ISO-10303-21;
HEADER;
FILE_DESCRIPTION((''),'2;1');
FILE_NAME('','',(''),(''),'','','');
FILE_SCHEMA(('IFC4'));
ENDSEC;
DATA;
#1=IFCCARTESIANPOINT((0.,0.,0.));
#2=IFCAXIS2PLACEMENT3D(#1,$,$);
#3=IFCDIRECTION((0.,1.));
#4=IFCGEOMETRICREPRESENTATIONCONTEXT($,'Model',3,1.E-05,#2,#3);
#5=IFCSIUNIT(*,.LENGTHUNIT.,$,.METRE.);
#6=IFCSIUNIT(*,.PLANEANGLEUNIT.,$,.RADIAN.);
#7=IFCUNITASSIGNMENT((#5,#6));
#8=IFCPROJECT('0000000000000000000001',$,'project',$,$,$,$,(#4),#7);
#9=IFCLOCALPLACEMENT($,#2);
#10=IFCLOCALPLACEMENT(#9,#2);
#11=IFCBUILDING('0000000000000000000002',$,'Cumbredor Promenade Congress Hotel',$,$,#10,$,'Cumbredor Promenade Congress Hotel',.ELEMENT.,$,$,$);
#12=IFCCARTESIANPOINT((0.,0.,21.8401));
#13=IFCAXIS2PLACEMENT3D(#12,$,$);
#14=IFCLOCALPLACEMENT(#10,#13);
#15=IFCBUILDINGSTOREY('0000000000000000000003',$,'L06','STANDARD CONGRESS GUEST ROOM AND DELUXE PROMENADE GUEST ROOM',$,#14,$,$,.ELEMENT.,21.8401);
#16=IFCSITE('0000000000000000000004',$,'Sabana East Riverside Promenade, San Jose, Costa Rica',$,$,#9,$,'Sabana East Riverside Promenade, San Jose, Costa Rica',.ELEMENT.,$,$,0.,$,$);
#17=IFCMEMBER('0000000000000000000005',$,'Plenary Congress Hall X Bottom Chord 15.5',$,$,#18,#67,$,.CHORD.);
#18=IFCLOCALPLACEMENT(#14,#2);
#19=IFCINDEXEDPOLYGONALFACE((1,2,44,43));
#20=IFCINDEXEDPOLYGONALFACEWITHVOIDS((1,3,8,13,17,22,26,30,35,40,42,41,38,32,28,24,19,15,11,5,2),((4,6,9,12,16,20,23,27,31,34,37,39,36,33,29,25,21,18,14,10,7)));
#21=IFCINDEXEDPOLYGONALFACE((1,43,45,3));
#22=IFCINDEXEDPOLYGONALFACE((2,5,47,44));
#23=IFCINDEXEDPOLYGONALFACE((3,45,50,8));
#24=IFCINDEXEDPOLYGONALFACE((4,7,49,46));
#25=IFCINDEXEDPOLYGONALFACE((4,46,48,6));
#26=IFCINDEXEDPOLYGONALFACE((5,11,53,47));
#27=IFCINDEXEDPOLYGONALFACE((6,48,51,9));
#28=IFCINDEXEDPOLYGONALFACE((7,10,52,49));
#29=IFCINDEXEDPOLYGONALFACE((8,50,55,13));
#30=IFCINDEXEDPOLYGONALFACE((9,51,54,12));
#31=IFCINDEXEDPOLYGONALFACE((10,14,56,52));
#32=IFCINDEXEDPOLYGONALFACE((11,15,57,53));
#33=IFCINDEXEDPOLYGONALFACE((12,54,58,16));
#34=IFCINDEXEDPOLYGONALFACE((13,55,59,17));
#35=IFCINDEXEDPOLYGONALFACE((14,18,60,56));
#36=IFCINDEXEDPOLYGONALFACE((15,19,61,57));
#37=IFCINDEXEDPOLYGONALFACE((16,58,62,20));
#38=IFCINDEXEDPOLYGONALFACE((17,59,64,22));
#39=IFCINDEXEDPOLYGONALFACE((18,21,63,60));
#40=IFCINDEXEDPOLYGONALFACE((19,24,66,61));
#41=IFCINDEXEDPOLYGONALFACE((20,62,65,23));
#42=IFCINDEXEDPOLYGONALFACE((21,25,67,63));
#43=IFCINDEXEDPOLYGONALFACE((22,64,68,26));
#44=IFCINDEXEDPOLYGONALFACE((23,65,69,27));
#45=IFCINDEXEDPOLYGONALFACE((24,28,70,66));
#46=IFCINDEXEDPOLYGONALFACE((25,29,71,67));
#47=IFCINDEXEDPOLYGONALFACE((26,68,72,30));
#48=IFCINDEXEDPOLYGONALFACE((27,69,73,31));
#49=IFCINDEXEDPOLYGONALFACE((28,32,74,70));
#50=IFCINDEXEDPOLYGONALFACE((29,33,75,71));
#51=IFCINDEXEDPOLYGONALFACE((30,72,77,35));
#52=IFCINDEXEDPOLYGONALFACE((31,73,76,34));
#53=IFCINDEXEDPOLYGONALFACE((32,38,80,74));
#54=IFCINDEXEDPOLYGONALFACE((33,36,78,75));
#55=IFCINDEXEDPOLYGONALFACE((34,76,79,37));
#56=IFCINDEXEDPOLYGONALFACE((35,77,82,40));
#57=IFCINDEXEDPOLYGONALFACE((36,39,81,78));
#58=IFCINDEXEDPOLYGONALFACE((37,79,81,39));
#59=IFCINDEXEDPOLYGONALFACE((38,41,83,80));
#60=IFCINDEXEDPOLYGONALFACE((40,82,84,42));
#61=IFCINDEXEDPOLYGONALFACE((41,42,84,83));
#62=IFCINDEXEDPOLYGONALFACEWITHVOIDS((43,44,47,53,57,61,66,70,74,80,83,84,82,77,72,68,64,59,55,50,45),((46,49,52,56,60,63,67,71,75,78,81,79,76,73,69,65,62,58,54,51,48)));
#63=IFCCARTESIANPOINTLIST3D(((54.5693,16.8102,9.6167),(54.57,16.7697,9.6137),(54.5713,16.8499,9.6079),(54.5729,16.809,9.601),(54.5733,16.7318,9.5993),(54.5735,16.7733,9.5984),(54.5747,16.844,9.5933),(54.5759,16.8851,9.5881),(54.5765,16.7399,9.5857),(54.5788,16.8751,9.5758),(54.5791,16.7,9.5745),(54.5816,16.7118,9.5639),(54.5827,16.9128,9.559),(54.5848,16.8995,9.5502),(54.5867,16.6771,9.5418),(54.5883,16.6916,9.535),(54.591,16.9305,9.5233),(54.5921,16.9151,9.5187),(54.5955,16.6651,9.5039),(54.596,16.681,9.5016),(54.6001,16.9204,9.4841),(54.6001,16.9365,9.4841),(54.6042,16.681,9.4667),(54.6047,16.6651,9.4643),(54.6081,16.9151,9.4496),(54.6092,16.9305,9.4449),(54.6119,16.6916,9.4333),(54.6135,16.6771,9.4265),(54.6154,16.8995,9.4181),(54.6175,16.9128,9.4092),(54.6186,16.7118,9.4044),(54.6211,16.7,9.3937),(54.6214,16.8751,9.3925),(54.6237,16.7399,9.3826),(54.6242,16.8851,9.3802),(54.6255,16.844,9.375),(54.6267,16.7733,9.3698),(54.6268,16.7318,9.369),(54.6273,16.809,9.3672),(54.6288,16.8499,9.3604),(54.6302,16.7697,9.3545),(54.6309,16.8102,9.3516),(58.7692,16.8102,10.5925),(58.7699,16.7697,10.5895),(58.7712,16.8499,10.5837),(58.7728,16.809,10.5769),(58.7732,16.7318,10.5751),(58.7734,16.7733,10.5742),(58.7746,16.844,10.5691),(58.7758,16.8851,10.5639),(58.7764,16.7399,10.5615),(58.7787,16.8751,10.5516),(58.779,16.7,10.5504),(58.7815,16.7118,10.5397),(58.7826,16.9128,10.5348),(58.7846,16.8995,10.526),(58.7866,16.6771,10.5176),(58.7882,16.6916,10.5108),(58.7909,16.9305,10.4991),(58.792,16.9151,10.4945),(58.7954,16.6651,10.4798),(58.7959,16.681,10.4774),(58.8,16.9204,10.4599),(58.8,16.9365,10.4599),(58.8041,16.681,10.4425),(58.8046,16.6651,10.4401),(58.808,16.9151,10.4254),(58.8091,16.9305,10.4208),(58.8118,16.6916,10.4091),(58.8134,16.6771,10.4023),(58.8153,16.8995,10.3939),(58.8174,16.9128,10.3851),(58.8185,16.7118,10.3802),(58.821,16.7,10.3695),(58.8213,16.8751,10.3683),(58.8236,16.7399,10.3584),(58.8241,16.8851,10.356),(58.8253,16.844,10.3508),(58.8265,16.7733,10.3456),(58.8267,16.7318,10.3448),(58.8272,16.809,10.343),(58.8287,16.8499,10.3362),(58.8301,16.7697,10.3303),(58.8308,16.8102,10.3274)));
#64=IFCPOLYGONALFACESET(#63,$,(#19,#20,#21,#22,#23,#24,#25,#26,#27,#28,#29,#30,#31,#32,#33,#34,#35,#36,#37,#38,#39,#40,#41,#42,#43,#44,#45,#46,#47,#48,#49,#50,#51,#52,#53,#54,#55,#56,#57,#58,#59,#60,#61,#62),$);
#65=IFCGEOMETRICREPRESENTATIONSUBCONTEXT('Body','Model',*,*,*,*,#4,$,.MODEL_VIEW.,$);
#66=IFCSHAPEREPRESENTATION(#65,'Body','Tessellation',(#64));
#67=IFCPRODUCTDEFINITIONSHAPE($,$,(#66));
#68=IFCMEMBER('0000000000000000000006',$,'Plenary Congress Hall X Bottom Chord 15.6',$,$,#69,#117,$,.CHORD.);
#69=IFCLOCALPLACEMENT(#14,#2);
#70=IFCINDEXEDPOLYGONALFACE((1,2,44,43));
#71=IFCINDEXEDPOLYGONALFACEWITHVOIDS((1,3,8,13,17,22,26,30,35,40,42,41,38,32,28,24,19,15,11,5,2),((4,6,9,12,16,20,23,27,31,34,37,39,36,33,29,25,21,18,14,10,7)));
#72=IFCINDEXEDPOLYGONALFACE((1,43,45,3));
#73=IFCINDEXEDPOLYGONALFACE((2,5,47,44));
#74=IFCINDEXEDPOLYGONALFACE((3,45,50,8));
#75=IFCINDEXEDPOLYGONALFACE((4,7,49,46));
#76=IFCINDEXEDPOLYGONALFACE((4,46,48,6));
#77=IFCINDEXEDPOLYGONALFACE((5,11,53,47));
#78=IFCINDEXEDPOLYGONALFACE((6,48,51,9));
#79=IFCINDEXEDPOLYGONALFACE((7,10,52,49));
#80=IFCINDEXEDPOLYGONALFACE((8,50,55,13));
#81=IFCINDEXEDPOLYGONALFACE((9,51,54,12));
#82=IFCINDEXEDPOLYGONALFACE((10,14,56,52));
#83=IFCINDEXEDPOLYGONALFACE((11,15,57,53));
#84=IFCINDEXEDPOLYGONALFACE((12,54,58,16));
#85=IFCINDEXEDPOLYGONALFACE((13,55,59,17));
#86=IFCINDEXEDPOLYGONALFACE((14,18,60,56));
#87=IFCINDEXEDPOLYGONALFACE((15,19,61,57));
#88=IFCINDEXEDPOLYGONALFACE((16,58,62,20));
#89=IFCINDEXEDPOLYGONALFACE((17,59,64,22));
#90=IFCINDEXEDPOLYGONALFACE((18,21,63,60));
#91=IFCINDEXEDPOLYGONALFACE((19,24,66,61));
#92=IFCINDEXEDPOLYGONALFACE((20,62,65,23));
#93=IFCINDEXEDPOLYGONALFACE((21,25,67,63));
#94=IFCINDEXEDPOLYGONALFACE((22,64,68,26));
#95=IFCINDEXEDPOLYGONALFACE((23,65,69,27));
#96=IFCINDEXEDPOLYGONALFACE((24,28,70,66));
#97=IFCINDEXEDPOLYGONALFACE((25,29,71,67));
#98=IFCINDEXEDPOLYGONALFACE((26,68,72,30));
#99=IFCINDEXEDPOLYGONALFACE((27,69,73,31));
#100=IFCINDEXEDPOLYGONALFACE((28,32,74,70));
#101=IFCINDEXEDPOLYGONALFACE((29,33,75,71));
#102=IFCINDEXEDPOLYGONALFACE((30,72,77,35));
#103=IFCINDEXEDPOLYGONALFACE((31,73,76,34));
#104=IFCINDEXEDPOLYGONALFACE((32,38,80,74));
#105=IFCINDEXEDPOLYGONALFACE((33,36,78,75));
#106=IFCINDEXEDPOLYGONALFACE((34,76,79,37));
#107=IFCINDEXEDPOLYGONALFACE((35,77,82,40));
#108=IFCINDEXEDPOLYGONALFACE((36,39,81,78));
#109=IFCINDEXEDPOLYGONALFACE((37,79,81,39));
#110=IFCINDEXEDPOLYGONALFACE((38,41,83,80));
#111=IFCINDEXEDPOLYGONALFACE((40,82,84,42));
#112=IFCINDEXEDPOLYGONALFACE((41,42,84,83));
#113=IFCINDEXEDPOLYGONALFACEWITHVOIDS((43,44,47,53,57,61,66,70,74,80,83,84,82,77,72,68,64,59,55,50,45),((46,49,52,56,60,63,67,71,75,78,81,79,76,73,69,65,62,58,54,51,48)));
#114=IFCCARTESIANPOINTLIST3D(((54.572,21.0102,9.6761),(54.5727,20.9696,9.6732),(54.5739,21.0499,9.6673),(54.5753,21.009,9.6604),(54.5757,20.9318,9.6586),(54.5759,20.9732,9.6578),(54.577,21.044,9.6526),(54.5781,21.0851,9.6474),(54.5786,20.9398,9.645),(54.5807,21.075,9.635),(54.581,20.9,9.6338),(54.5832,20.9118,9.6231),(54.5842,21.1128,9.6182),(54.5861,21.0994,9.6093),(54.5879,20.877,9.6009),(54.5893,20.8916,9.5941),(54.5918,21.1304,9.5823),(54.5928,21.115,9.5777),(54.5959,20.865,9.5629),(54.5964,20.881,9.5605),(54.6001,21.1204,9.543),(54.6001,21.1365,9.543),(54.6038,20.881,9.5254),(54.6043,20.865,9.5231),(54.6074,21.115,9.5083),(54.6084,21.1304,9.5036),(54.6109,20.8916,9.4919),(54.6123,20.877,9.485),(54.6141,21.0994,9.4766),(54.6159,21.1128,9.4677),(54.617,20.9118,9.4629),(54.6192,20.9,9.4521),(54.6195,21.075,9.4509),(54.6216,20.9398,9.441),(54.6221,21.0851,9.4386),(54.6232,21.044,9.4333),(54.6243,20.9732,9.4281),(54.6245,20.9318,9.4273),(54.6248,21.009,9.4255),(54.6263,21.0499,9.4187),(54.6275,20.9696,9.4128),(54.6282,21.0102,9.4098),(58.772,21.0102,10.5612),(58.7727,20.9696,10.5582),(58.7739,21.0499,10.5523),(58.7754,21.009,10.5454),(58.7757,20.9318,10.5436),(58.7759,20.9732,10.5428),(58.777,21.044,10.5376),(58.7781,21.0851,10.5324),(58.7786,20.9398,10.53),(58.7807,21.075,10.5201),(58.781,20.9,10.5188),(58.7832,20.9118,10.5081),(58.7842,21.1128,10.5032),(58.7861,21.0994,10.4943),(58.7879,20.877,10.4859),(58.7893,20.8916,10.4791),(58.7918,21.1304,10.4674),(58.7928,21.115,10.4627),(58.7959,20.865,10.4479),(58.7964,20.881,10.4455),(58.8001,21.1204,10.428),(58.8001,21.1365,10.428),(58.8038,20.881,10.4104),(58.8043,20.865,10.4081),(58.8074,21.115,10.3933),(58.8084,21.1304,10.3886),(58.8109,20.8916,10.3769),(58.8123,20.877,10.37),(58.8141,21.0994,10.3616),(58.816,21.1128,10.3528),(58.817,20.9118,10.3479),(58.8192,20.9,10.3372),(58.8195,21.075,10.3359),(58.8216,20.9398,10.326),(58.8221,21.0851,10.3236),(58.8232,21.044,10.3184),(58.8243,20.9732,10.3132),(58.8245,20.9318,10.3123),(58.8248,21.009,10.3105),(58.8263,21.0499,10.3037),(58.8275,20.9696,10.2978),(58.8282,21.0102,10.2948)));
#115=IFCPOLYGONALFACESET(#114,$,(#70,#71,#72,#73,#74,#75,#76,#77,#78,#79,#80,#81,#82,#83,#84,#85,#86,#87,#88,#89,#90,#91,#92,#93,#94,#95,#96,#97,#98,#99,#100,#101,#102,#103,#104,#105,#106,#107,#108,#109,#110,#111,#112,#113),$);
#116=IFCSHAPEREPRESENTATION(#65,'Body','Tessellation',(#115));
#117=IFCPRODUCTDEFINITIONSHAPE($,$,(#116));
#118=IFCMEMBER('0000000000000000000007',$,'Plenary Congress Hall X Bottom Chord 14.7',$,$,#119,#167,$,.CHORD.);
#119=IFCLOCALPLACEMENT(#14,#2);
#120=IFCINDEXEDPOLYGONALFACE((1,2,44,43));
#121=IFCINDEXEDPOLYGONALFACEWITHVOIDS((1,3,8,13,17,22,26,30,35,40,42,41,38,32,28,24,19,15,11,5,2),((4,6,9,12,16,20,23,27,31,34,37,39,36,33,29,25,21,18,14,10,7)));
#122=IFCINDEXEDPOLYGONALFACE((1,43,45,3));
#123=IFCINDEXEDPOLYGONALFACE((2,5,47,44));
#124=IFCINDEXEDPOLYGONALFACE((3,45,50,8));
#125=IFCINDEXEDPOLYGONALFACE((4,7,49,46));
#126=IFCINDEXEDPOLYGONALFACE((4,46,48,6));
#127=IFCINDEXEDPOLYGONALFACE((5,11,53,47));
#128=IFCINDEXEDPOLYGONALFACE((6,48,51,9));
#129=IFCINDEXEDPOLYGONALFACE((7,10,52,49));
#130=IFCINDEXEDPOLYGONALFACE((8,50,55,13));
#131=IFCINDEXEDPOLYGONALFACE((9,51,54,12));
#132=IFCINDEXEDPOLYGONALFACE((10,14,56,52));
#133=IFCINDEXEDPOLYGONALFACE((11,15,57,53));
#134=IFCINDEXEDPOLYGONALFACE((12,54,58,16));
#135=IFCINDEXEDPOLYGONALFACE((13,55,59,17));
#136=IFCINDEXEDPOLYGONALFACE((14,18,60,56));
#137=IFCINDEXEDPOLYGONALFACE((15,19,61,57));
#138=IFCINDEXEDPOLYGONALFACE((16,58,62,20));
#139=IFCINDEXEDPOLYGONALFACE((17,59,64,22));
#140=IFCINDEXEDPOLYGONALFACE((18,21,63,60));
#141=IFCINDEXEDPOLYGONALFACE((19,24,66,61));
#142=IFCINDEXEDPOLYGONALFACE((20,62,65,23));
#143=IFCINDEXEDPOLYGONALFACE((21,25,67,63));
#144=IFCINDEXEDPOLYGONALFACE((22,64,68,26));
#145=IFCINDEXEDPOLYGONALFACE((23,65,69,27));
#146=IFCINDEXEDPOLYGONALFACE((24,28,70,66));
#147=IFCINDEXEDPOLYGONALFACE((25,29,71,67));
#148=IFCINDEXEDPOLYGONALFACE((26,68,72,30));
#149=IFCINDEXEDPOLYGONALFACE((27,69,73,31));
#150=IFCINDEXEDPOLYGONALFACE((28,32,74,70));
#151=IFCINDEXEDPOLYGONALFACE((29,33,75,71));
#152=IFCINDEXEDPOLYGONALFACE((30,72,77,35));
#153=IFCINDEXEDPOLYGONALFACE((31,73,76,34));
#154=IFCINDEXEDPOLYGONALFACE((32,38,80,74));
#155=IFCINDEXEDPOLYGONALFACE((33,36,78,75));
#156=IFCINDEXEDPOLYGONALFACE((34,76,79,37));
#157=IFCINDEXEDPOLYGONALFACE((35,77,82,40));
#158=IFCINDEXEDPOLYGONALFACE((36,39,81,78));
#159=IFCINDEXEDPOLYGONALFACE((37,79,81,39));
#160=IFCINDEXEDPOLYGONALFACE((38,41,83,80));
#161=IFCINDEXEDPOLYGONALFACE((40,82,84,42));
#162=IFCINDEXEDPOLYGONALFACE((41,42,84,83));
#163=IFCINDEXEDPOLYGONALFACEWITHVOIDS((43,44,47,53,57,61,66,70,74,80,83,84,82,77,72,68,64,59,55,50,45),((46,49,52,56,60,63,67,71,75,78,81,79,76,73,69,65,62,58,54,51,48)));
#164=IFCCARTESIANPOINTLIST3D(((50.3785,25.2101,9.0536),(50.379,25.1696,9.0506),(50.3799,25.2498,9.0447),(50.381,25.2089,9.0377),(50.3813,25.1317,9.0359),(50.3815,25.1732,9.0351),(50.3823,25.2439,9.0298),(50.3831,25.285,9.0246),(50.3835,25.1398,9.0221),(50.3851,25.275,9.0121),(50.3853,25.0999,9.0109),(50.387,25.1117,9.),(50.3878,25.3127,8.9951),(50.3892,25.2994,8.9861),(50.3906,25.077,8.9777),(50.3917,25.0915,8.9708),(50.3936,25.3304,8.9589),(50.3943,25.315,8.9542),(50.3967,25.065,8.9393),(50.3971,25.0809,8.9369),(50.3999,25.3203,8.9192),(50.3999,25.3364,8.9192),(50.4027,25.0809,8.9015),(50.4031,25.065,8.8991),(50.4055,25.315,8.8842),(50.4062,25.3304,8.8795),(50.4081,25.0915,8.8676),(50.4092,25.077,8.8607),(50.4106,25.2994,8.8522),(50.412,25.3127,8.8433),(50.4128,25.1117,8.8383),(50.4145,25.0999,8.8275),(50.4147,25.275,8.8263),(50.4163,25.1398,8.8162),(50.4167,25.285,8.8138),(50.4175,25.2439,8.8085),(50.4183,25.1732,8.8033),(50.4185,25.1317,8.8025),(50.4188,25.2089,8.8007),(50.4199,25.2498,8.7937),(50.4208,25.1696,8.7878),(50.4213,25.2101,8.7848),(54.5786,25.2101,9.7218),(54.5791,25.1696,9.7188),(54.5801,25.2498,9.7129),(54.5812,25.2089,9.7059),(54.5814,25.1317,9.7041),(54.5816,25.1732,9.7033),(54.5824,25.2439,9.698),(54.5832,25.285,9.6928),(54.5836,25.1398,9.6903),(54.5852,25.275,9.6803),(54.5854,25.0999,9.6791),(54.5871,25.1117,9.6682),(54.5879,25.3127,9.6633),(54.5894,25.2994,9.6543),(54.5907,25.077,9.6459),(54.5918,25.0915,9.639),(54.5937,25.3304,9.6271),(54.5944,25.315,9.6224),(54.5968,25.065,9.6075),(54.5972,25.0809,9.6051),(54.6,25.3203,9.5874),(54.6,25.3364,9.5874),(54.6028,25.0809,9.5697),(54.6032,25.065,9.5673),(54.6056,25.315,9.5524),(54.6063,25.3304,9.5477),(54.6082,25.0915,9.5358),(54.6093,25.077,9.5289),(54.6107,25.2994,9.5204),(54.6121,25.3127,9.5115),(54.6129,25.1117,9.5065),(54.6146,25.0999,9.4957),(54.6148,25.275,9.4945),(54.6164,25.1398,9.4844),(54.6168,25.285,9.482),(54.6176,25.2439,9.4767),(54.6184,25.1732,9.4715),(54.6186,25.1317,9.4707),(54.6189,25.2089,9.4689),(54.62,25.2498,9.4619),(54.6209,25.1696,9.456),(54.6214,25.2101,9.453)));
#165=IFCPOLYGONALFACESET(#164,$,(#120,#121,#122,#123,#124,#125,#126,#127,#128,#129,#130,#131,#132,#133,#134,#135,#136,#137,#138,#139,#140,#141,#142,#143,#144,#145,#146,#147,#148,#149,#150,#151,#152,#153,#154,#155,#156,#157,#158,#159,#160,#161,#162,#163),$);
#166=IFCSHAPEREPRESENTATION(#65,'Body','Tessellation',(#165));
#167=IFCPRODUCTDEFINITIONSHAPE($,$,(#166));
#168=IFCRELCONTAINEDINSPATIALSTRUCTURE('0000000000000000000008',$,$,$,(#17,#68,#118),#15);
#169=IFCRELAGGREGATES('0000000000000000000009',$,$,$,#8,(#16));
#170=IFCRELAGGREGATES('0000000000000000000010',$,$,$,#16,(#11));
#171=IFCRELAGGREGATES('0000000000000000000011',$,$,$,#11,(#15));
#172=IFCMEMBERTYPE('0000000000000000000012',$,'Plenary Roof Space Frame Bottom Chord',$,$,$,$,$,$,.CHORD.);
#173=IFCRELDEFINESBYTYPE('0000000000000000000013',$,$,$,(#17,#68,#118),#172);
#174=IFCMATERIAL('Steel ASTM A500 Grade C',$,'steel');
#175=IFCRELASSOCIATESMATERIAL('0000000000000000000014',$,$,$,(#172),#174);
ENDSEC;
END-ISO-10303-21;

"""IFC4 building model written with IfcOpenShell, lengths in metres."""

from ifc_helpers import new_model, si_unit, direction, frame, origin, origin_2d, place, context, subcontext, project, spatial, hollow_circle, extrude, material, material_profile, profile_set, type_object, element, save


model = new_model("IFC4")

# Units and contexts
model_context = context("Model", 3, precision=1e-05, world=origin(), true_north=direction((0.0, 1.0)))
body_context = subcontext(model_context, "Body", "Model", "MODEL_VIEW")
ifc_project = project(units=[si_unit("LENGTHUNIT", "METRE"), si_unit("PLANEANGLEUNIT", "RADIAN")], contexts=[model_context])

# Site, building, storey
site_placement = place(None, origin())
site = spatial("IfcSite", under=ifc_project, at=site_placement, Name="Sabana East Riverside Promenade, San Jose, Costa Rica", LongName="Sabana East Riverside Promenade, San Jose, Costa Rica", CompositionType="ELEMENT", RefElevation=0.0)
building_placement = place(site_placement, origin())
building = spatial("IfcBuilding", under=site, at=building_placement, Name="Cumbredor Promenade Congress Hotel", LongName="Cumbredor Promenade Congress Hotel", CompositionType="ELEMENT")
storey_placement = place(building_placement, frame((0.0, 0.0, 21.8401)))
storey = spatial("IfcBuildingStorey", under=building, at=storey_placement, Name="L06", Description="STANDARD CONGRESS GUEST ROOM AND DELUXE PROMENADE GUEST ROOM", CompositionType="ELEMENT", Elevation=21.8401)

# Members
ifc_material_1 = material(Name="Steel ASTM A500 Grade C", Category="steel")
ifc_material_profile_1 = material_profile(ifc_material_1, hollow_circle(Radius=0.1365, WallThickness=0.0161, at=origin_2d()), Name="CHS 273.0x16")
ifc_profile_set_1 = profile_set([ifc_material_profile_1], Name="Steel ASTM A500 Grade C")
member_type_1 = type_object("IfcMemberType", Name="Plenary Roof Space Frame Bottom Chord", PredefinedType="CHORD", material=ifc_profile_set_1)
member_1_placement = place(storey_placement, frame((54.6001, 16.8, 9.4841), z_axis=(0.974054, 0.0, 0.226315), x_axis=(0.0, 1.0, 0.0)))
element("IfcMember", 1, at=member_1_placement, inside=storey, type_object=member_type_1, Name="Plenary Congress Hall X Bottom Chord 15.5", PredefinedType="CHORD", context=body_context, shape_type="SweptSolid", body=[
    extrude(hollow_circle(Radius=0.1365, WallThickness=0.0161, at=origin_2d()), origin(), (0.0, 0.0, 1.0), 4.3118),
])
member_2_placement = place(storey_placement, frame((54.6001, 21.0, 9.543), z_axis=(0.978512, 0.0, 0.206191), x_axis=(0.0, 1.0, 0.0)))
element("IfcMember", 2, at=member_2_placement, inside=storey, type_object=member_type_1, Name="Plenary Congress Hall X Bottom Chord 15.6", PredefinedType="CHORD", context=body_context, shape_type="SweptSolid", body=[
    extrude(hollow_circle(Radius=0.1365, WallThickness=0.0161, at=origin_2d()), origin(), (0.0, 0.0, 1.0), 4.2922),
])
member_3_placement = place(storey_placement, frame((50.3999, 25.2, 8.9192), z_axis=(0.98758, 0.0, 0.157115), x_axis=(0.0, 1.0, 0.0)))
element("IfcMember", 3, at=member_3_placement, inside=storey, type_object=member_type_1, Name="Plenary Congress Hall X Bottom Chord 14.7", PredefinedType="CHORD", context=body_context, shape_type="SweptSolid", body=[
    extrude(hollow_circle(Radius=0.1365, WallThickness=0.0161, at=origin_2d()), origin(), (0.0, 0.0, 1.0), 4.2529),
])

save(model, "model.ifc")
